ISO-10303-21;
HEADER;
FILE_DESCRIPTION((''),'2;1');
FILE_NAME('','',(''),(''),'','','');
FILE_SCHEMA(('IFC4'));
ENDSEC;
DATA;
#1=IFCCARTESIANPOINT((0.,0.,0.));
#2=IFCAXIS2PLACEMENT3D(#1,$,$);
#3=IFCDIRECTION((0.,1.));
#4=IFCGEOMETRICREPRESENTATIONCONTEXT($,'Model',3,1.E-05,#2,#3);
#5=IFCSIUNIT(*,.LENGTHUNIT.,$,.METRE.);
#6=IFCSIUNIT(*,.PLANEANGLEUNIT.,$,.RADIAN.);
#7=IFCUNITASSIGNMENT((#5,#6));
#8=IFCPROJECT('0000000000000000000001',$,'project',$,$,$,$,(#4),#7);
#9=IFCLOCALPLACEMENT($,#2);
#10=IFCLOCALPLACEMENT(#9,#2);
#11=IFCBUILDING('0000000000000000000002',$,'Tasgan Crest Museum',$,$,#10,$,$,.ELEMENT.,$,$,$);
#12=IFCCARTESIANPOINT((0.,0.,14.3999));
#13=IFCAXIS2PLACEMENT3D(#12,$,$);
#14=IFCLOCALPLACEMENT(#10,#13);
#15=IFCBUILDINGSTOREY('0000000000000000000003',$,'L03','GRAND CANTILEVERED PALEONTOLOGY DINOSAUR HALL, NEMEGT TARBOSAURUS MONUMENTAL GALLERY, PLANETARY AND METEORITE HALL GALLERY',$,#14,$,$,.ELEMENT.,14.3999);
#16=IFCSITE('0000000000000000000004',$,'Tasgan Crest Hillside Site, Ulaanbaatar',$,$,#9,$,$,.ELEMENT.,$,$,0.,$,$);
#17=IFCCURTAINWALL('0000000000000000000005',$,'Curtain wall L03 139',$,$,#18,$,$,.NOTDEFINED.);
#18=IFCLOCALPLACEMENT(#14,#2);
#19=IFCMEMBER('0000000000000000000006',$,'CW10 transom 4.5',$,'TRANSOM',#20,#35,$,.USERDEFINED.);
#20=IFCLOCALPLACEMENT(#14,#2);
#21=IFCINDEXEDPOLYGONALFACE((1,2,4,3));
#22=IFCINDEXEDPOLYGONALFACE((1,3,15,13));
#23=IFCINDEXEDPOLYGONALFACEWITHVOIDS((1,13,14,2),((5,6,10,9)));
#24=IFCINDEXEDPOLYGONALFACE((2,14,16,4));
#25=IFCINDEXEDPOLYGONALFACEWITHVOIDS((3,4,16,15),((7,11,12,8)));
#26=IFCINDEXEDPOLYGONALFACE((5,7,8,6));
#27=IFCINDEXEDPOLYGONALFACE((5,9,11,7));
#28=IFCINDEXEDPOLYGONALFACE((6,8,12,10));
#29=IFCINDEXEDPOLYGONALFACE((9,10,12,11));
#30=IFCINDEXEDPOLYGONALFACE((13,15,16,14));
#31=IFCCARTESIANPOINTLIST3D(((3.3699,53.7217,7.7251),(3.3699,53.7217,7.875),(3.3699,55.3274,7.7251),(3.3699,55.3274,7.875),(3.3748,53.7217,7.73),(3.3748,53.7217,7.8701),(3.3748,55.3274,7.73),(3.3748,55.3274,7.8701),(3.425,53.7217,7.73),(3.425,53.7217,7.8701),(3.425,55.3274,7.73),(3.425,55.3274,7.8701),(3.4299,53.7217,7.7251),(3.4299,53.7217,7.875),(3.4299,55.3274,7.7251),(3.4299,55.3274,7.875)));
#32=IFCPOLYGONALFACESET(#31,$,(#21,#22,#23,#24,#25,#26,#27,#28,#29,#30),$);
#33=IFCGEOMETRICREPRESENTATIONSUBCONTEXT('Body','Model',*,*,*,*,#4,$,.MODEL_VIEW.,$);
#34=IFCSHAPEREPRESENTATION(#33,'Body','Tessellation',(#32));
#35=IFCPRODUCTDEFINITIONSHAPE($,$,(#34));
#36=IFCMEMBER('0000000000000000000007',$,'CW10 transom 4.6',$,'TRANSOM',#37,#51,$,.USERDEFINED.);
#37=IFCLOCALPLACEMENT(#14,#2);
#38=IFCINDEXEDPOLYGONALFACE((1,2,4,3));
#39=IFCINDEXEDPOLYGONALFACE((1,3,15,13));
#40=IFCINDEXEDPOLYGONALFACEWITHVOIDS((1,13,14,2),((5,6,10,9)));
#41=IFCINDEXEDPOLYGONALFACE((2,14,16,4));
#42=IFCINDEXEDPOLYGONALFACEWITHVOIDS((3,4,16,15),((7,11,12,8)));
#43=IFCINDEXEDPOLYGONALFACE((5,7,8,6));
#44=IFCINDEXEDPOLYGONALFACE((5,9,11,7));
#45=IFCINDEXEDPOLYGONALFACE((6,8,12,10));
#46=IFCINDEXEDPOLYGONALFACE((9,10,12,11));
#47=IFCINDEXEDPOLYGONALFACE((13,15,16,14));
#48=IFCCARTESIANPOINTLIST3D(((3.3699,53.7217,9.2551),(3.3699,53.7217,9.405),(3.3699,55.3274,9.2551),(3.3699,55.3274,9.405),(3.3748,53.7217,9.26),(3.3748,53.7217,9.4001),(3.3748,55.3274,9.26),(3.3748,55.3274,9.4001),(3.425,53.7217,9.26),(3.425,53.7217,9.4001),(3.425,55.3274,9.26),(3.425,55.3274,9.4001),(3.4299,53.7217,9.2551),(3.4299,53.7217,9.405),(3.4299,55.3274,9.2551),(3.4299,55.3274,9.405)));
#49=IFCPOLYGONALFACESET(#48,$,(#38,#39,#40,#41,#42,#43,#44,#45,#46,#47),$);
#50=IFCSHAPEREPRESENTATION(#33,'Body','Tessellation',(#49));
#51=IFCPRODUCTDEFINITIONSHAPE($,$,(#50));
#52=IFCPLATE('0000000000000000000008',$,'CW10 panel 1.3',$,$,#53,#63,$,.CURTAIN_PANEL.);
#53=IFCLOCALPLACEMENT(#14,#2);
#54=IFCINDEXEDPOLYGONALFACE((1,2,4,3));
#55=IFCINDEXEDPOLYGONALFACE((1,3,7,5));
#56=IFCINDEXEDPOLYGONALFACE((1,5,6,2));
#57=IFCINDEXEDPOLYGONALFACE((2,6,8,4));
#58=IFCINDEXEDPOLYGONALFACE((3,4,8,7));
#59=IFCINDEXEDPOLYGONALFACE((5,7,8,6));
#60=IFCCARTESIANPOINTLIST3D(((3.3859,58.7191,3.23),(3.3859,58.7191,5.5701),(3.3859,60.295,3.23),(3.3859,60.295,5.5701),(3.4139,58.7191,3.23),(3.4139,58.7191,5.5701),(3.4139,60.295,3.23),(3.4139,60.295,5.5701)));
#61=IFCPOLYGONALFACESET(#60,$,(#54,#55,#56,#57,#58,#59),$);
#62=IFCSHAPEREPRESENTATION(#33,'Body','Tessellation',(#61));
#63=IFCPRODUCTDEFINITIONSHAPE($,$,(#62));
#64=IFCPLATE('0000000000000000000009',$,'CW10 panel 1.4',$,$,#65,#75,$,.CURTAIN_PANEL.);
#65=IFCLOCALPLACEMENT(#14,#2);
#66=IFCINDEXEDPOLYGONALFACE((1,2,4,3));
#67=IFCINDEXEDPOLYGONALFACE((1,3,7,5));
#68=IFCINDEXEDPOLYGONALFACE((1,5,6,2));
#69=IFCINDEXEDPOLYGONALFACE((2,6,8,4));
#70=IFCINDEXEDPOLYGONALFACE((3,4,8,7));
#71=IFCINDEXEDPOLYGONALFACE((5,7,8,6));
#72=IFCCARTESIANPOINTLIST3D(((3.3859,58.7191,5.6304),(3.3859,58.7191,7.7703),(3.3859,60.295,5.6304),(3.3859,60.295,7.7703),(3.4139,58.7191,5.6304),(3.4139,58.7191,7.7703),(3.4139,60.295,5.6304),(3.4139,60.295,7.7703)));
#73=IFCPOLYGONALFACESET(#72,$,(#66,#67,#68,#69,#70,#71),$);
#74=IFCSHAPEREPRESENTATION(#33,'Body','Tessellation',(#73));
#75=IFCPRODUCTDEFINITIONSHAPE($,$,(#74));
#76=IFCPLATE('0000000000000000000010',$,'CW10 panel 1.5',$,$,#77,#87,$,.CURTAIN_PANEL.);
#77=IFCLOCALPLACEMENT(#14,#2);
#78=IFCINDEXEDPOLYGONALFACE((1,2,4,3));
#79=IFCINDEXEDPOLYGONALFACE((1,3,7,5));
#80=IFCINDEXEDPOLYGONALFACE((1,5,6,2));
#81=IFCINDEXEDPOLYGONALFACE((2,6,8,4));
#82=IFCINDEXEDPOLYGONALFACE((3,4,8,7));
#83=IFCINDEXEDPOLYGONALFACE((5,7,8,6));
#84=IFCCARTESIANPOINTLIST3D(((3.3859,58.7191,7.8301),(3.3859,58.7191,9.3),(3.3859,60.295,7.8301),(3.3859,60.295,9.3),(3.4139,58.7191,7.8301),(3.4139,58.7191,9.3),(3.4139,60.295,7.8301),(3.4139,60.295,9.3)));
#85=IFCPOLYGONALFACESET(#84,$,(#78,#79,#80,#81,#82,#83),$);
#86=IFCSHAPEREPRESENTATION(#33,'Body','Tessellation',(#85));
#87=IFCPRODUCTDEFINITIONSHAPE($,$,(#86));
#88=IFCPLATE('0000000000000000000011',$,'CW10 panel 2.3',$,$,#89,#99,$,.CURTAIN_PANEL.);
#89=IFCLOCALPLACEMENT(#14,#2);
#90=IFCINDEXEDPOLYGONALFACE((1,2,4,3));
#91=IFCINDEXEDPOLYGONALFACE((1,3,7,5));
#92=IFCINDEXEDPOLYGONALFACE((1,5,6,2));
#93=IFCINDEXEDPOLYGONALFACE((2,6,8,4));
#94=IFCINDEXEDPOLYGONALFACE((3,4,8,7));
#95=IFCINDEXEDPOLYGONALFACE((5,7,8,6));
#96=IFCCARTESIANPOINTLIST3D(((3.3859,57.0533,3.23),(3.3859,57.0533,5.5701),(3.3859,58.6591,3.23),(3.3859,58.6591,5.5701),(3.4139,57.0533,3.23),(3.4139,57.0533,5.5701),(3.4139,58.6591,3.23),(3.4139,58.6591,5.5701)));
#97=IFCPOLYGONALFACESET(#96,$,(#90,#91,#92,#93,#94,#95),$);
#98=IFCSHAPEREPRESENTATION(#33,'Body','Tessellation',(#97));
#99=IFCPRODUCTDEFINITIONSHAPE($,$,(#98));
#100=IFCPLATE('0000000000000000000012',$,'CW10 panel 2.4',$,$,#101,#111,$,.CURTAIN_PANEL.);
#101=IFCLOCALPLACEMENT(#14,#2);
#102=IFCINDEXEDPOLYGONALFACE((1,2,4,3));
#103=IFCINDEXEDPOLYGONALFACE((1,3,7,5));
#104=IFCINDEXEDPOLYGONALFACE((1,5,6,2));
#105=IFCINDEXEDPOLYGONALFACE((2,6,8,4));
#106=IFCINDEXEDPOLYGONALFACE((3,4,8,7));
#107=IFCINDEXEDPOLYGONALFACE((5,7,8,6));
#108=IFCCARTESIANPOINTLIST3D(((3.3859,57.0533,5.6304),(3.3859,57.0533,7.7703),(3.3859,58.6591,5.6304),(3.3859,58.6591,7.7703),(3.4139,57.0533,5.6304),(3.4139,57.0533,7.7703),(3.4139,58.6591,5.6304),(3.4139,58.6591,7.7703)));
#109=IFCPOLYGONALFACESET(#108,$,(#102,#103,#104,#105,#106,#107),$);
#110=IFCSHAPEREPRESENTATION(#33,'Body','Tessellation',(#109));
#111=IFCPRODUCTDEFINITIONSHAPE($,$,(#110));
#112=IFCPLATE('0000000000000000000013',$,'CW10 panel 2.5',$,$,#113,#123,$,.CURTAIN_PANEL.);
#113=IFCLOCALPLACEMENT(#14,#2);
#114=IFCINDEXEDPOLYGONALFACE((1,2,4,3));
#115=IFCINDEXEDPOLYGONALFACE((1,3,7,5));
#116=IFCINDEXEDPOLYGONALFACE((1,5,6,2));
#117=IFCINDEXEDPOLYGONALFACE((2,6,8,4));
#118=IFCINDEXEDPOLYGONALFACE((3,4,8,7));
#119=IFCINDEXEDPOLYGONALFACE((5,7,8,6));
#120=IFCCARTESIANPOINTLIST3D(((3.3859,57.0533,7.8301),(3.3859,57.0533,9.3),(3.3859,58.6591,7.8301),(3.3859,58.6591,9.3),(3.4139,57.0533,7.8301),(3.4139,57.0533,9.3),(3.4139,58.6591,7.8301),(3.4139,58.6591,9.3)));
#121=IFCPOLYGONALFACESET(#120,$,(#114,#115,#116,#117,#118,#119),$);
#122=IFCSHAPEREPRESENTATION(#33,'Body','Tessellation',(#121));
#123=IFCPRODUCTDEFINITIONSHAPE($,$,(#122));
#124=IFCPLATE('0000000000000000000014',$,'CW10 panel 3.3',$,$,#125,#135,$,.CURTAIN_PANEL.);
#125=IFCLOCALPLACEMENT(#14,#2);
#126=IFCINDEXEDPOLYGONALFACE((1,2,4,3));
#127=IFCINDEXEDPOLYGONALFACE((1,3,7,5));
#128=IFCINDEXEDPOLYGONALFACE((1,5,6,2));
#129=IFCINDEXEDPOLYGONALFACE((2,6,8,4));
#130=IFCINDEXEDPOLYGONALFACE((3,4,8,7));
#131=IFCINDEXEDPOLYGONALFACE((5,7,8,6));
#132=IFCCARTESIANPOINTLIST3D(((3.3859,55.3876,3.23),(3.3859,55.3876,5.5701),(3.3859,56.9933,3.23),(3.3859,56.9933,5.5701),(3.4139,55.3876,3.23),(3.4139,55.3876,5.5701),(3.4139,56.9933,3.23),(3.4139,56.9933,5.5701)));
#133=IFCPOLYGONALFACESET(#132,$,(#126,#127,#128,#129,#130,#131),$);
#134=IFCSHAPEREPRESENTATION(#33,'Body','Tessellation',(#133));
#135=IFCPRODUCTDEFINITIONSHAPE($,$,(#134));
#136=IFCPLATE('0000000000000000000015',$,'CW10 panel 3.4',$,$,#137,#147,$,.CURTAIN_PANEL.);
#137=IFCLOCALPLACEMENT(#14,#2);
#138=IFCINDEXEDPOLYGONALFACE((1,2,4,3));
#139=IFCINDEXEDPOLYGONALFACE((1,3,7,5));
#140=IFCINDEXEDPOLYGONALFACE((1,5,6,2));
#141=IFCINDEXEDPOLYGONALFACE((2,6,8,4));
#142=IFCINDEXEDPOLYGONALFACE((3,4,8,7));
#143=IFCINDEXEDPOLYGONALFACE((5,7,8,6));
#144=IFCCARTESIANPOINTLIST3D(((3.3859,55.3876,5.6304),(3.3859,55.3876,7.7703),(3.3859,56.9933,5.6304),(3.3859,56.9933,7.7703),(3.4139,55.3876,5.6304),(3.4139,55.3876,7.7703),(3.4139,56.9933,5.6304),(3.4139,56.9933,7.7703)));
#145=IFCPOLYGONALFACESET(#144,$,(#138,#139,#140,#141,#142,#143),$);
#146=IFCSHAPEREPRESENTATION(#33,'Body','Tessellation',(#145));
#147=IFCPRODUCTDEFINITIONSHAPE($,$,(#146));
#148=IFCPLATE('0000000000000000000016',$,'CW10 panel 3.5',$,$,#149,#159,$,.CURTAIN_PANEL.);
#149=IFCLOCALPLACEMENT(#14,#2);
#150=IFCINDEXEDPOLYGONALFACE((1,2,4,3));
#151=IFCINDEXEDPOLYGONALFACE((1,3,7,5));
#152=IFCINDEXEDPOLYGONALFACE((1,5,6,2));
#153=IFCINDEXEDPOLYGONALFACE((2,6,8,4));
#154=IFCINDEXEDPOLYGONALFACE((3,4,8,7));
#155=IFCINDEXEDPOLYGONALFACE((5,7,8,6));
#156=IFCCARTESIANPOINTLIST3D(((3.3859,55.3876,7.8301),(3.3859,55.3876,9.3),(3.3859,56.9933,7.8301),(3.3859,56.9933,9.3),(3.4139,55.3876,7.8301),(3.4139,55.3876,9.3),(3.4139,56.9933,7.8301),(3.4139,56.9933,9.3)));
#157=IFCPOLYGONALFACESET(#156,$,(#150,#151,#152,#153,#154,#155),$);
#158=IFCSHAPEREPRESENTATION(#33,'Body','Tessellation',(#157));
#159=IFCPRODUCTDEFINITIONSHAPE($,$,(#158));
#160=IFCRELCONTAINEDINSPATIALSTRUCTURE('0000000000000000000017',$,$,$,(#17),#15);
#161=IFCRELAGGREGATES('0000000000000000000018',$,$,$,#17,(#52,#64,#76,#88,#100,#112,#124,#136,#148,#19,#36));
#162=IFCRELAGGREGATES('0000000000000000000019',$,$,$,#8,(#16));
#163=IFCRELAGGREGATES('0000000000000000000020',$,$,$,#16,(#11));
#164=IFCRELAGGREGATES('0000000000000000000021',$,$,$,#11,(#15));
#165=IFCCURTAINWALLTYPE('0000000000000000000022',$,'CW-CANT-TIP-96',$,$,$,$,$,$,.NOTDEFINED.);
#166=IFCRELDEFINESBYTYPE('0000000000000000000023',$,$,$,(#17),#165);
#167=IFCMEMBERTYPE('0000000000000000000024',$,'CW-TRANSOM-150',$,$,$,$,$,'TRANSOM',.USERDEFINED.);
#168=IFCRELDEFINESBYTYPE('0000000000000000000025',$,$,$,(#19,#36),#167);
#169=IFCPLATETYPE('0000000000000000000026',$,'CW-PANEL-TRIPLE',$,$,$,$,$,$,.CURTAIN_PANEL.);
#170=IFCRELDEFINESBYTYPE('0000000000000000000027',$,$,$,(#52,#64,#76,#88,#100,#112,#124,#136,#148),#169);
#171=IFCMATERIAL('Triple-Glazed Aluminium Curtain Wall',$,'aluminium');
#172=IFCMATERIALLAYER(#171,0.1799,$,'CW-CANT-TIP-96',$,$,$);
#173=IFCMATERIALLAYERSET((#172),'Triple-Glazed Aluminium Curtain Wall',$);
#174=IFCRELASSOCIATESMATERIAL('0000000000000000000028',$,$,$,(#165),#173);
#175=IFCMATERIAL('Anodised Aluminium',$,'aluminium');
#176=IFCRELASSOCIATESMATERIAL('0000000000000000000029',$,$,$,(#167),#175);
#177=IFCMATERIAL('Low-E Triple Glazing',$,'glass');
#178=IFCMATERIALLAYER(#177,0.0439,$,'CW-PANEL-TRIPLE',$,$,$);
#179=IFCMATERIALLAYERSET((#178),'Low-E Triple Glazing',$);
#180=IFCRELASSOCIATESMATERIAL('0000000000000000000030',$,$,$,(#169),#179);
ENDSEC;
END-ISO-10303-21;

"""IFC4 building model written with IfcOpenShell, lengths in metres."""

from ifc_helpers import new_model, si_unit, direction, frame, origin, origin_2d, place, context, subcontext, project, spatial, rectangle, hollow_rectangle, extrude, material, layer, layer_set, material_profile, profile_set, type_object, element, aggregate, save


model = new_model("IFC4")

# Units and contexts
model_context = context("Model", 3, precision=1e-05, world=origin(), true_north=direction((0.0, 1.0)))
body_context = subcontext(model_context, "Body", "Model", "MODEL_VIEW")
ifc_project = project(units=[si_unit("LENGTHUNIT", "METRE"), si_unit("PLANEANGLEUNIT", "RADIAN")], contexts=[model_context])

# Site, building, storey
site_placement = place(None, origin())
site = spatial("IfcSite", under=ifc_project, at=site_placement, Name="Tasgan Crest Hillside Site, Ulaanbaatar", CompositionType="ELEMENT", RefElevation=0.0)
building_placement = place(site_placement, origin())
building = spatial("IfcBuilding", under=site, at=building_placement, Name="Tasgan Crest Museum", CompositionType="ELEMENT")
storey_placement = place(building_placement, frame((0.0, 0.0, 14.3999)))
storey = spatial("IfcBuildingStorey", under=building, at=storey_placement, Name="L03", Description="GRAND CANTILEVERED PALEONTOLOGY DINOSAUR HALL, NEMEGT TARBOSAURUS MONUMENTAL GALLERY, PLANETARY AND METEORITE HALL GALLERY", CompositionType="ELEMENT", Elevation=14.3999)

# Curtain wall, members, plates
ifc_material_1 = material(Name="Triple-Glazed Aluminium Curtain Wall", Category="aluminium")
ifc_layer_1 = layer(ifc_material_1, 0.1799, Name="CW-CANT-TIP-96")
ifc_layer_set_1 = layer_set([ifc_layer_1], Name="Triple-Glazed Aluminium Curtain Wall")
curtain_wall_type = type_object("IfcCurtainWallType", Name="CW-CANT-TIP-96", PredefinedType="NOTDEFINED", material=ifc_layer_set_1)
curtain_wall_placement = place(storey_placement, origin())
curtain_wall = element("IfcCurtainWall", 1, at=curtain_wall_placement, inside=storey, type_object=curtain_wall_type, Name="Curtain wall L03 139", PredefinedType="NOTDEFINED")
ifc_material_2 = material(Name="Anodised Aluminium", Category="aluminium")
ifc_material_profile = material_profile(ifc_material_2, hollow_rectangle(XDim=0.0601, YDim=0.1499, WallThickness=0.0049, at=origin_2d()), Name="ALU TRANSOM 150x60x5")
ifc_profile_set = profile_set([ifc_material_profile], Name="Anodised Aluminium")
member_type = type_object("IfcMemberType", Name="CW-TRANSOM-150", ElementType="TRANSOM", PredefinedType="USERDEFINED", material=ifc_profile_set)
member_1_placement = place(storey_placement, frame((3.3999, 55.3274, 7.8), z_axis=(0.0, -1.0, 0.0), x_axis=(1.0, 0.0, 0.0)))
member_1 = element("IfcMember", 2, at=member_1_placement, type_object=member_type, Name="CW10 transom 4.5", ObjectType="TRANSOM", PredefinedType="USERDEFINED", context=body_context, shape_type="SweptSolid", body=[
    extrude(hollow_rectangle(XDim=0.0601, YDim=0.1499, WallThickness=0.0049, at=origin_2d()), origin(), (0.0, 0.0, 1.0), 1.6057),
])
member_2_placement = place(storey_placement, frame((3.3999, 55.3274, 9.3301), z_axis=(0.0, -1.0, 0.0), x_axis=(1.0, 0.0, 0.0)))
member_2 = element("IfcMember", 3, at=member_2_placement, type_object=member_type, Name="CW10 transom 4.6", ObjectType="TRANSOM", PredefinedType="USERDEFINED", context=body_context, shape_type="SweptSolid", body=[
    extrude(hollow_rectangle(XDim=0.0601, YDim=0.1499, WallThickness=0.0049, at=origin_2d()), origin(), (0.0, 0.0, 1.0), 1.6057),
])
ifc_material_3 = material(Name="Low-E Triple Glazing", Category="glass")
ifc_layer_2 = layer(ifc_material_3, 0.0439, Name="CW-PANEL-TRIPLE")
ifc_layer_set_2 = layer_set([ifc_layer_2], Name="Low-E Triple Glazing")
plate_type = type_object("IfcPlateType", Name="CW-PANEL-TRIPLE", PredefinedType="CURTAIN_PANEL", material=ifc_layer_set_2)
plate_1_placement = place(storey_placement, frame((3.3999, 59.5071, 3.23), z_axis=(0.0, 0.0, 1.0), x_axis=(0.0, -1.0, 0.0)))
plate_1 = element("IfcPlate", 4, at=plate_1_placement, type_object=plate_type, Name="CW10 panel 1.3", PredefinedType="CURTAIN_PANEL", context=body_context, shape_type="SweptSolid", body=[
    extrude(rectangle(XDim=1.5759, YDim=0.0281, at=origin_2d()), origin(), (0.0, 0.0, 1.0), 2.3401),
])
plate_2_placement = place(storey_placement, frame((3.3999, 59.5071, 5.6304), z_axis=(0.0, 0.0, 1.0), x_axis=(0.0, -1.0, 0.0)))
plate_2 = element("IfcPlate", 5, at=plate_2_placement, type_object=plate_type, Name="CW10 panel 1.4", PredefinedType="CURTAIN_PANEL", context=body_context, shape_type="SweptSolid", body=[
    extrude(rectangle(XDim=1.5759, YDim=0.0281, at=origin_2d()), origin(), (0.0, 0.0, 1.0), 2.1399),
])
plate_3_placement = place(storey_placement, frame((3.3999, 59.5071, 7.8301), z_axis=(0.0, 0.0, 1.0), x_axis=(0.0, -1.0, 0.0)))
plate_3 = element("IfcPlate", 6, at=plate_3_placement, type_object=plate_type, Name="CW10 panel 1.5", PredefinedType="CURTAIN_PANEL", context=body_context, shape_type="SweptSolid", body=[
    extrude(rectangle(XDim=1.5759, YDim=0.0281, at=origin_2d()), origin(), (0.0, 0.0, 1.0), 1.47),
])
plate_4_placement = place(storey_placement, frame((3.3999, 57.8562, 3.23), z_axis=(0.0, 0.0, 1.0), x_axis=(0.0, -1.0, 0.0)))
plate_4 = element("IfcPlate", 7, at=plate_4_placement, type_object=plate_type, Name="CW10 panel 2.3", PredefinedType="CURTAIN_PANEL", context=body_context, shape_type="SweptSolid", body=[
    extrude(rectangle(XDim=1.6057, YDim=0.0281, at=origin_2d()), origin(), (0.0, 0.0, 1.0), 2.3401),
])
plate_5_placement = place(storey_placement, frame((3.3999, 57.8562, 5.6304), z_axis=(0.0, 0.0, 1.0), x_axis=(0.0, -1.0, 0.0)))
plate_5 = element("IfcPlate", 8, at=plate_5_placement, type_object=plate_type, Name="CW10 panel 2.4", PredefinedType="CURTAIN_PANEL", context=body_context, shape_type="SweptSolid", body=[
    extrude(rectangle(XDim=1.6057, YDim=0.0281, at=origin_2d()), origin(), (0.0, 0.0, 1.0), 2.1399),
])
plate_6_placement = place(storey_placement, frame((3.3999, 57.8562, 7.8301), z_axis=(0.0, 0.0, 1.0), x_axis=(0.0, -1.0, 0.0)))
plate_6 = element("IfcPlate", 9, at=plate_6_placement, type_object=plate_type, Name="CW10 panel 2.5", PredefinedType="CURTAIN_PANEL", context=body_context, shape_type="SweptSolid", body=[
    extrude(rectangle(XDim=1.6057, YDim=0.0281, at=origin_2d()), origin(), (0.0, 0.0, 1.0), 1.47),
])
plate_7_placement = place(storey_placement, frame((3.3999, 56.1904, 3.23), z_axis=(0.0, 0.0, 1.0), x_axis=(0.0, -1.0, 0.0)))
plate_7 = element("IfcPlate", 10, at=plate_7_placement, type_object=plate_type, Name="CW10 panel 3.3", PredefinedType="CURTAIN_PANEL", context=body_context, shape_type="SweptSolid", body=[
    extrude(rectangle(XDim=1.6057, YDim=0.0281, at=origin_2d()), origin(), (0.0, 0.0, 1.0), 2.3401),
])
plate_8_placement = place(storey_placement, frame((3.3999, 56.1904, 5.6304), z_axis=(0.0, 0.0, 1.0), x_axis=(0.0, -1.0, 0.0)))
plate_8 = element("IfcPlate", 11, at=plate_8_placement, type_object=plate_type, Name="CW10 panel 3.4", PredefinedType="CURTAIN_PANEL", context=body_context, shape_type="SweptSolid", body=[
    extrude(rectangle(XDim=1.6057, YDim=0.0281, at=origin_2d()), origin(), (0.0, 0.0, 1.0), 2.1399),
])
plate_9_placement = place(storey_placement, frame((3.3999, 56.1904, 7.8301), z_axis=(0.0, 0.0, 1.0), x_axis=(0.0, -1.0, 0.0)))
plate_9 = element("IfcPlate", 12, at=plate_9_placement, type_object=plate_type, Name="CW10 panel 3.5", PredefinedType="CURTAIN_PANEL", context=body_context, shape_type="SweptSolid", body=[
    extrude(rectangle(XDim=1.6057, YDim=0.0281, at=origin_2d()), origin(), (0.0, 0.0, 1.0), 1.47),
])
aggregate(curtain_wall, [plate_1, plate_2, plate_3, plate_4, plate_5, plate_6, plate_7, plate_8, plate_9, member_1, member_2])

save(model, "model.ifc")
